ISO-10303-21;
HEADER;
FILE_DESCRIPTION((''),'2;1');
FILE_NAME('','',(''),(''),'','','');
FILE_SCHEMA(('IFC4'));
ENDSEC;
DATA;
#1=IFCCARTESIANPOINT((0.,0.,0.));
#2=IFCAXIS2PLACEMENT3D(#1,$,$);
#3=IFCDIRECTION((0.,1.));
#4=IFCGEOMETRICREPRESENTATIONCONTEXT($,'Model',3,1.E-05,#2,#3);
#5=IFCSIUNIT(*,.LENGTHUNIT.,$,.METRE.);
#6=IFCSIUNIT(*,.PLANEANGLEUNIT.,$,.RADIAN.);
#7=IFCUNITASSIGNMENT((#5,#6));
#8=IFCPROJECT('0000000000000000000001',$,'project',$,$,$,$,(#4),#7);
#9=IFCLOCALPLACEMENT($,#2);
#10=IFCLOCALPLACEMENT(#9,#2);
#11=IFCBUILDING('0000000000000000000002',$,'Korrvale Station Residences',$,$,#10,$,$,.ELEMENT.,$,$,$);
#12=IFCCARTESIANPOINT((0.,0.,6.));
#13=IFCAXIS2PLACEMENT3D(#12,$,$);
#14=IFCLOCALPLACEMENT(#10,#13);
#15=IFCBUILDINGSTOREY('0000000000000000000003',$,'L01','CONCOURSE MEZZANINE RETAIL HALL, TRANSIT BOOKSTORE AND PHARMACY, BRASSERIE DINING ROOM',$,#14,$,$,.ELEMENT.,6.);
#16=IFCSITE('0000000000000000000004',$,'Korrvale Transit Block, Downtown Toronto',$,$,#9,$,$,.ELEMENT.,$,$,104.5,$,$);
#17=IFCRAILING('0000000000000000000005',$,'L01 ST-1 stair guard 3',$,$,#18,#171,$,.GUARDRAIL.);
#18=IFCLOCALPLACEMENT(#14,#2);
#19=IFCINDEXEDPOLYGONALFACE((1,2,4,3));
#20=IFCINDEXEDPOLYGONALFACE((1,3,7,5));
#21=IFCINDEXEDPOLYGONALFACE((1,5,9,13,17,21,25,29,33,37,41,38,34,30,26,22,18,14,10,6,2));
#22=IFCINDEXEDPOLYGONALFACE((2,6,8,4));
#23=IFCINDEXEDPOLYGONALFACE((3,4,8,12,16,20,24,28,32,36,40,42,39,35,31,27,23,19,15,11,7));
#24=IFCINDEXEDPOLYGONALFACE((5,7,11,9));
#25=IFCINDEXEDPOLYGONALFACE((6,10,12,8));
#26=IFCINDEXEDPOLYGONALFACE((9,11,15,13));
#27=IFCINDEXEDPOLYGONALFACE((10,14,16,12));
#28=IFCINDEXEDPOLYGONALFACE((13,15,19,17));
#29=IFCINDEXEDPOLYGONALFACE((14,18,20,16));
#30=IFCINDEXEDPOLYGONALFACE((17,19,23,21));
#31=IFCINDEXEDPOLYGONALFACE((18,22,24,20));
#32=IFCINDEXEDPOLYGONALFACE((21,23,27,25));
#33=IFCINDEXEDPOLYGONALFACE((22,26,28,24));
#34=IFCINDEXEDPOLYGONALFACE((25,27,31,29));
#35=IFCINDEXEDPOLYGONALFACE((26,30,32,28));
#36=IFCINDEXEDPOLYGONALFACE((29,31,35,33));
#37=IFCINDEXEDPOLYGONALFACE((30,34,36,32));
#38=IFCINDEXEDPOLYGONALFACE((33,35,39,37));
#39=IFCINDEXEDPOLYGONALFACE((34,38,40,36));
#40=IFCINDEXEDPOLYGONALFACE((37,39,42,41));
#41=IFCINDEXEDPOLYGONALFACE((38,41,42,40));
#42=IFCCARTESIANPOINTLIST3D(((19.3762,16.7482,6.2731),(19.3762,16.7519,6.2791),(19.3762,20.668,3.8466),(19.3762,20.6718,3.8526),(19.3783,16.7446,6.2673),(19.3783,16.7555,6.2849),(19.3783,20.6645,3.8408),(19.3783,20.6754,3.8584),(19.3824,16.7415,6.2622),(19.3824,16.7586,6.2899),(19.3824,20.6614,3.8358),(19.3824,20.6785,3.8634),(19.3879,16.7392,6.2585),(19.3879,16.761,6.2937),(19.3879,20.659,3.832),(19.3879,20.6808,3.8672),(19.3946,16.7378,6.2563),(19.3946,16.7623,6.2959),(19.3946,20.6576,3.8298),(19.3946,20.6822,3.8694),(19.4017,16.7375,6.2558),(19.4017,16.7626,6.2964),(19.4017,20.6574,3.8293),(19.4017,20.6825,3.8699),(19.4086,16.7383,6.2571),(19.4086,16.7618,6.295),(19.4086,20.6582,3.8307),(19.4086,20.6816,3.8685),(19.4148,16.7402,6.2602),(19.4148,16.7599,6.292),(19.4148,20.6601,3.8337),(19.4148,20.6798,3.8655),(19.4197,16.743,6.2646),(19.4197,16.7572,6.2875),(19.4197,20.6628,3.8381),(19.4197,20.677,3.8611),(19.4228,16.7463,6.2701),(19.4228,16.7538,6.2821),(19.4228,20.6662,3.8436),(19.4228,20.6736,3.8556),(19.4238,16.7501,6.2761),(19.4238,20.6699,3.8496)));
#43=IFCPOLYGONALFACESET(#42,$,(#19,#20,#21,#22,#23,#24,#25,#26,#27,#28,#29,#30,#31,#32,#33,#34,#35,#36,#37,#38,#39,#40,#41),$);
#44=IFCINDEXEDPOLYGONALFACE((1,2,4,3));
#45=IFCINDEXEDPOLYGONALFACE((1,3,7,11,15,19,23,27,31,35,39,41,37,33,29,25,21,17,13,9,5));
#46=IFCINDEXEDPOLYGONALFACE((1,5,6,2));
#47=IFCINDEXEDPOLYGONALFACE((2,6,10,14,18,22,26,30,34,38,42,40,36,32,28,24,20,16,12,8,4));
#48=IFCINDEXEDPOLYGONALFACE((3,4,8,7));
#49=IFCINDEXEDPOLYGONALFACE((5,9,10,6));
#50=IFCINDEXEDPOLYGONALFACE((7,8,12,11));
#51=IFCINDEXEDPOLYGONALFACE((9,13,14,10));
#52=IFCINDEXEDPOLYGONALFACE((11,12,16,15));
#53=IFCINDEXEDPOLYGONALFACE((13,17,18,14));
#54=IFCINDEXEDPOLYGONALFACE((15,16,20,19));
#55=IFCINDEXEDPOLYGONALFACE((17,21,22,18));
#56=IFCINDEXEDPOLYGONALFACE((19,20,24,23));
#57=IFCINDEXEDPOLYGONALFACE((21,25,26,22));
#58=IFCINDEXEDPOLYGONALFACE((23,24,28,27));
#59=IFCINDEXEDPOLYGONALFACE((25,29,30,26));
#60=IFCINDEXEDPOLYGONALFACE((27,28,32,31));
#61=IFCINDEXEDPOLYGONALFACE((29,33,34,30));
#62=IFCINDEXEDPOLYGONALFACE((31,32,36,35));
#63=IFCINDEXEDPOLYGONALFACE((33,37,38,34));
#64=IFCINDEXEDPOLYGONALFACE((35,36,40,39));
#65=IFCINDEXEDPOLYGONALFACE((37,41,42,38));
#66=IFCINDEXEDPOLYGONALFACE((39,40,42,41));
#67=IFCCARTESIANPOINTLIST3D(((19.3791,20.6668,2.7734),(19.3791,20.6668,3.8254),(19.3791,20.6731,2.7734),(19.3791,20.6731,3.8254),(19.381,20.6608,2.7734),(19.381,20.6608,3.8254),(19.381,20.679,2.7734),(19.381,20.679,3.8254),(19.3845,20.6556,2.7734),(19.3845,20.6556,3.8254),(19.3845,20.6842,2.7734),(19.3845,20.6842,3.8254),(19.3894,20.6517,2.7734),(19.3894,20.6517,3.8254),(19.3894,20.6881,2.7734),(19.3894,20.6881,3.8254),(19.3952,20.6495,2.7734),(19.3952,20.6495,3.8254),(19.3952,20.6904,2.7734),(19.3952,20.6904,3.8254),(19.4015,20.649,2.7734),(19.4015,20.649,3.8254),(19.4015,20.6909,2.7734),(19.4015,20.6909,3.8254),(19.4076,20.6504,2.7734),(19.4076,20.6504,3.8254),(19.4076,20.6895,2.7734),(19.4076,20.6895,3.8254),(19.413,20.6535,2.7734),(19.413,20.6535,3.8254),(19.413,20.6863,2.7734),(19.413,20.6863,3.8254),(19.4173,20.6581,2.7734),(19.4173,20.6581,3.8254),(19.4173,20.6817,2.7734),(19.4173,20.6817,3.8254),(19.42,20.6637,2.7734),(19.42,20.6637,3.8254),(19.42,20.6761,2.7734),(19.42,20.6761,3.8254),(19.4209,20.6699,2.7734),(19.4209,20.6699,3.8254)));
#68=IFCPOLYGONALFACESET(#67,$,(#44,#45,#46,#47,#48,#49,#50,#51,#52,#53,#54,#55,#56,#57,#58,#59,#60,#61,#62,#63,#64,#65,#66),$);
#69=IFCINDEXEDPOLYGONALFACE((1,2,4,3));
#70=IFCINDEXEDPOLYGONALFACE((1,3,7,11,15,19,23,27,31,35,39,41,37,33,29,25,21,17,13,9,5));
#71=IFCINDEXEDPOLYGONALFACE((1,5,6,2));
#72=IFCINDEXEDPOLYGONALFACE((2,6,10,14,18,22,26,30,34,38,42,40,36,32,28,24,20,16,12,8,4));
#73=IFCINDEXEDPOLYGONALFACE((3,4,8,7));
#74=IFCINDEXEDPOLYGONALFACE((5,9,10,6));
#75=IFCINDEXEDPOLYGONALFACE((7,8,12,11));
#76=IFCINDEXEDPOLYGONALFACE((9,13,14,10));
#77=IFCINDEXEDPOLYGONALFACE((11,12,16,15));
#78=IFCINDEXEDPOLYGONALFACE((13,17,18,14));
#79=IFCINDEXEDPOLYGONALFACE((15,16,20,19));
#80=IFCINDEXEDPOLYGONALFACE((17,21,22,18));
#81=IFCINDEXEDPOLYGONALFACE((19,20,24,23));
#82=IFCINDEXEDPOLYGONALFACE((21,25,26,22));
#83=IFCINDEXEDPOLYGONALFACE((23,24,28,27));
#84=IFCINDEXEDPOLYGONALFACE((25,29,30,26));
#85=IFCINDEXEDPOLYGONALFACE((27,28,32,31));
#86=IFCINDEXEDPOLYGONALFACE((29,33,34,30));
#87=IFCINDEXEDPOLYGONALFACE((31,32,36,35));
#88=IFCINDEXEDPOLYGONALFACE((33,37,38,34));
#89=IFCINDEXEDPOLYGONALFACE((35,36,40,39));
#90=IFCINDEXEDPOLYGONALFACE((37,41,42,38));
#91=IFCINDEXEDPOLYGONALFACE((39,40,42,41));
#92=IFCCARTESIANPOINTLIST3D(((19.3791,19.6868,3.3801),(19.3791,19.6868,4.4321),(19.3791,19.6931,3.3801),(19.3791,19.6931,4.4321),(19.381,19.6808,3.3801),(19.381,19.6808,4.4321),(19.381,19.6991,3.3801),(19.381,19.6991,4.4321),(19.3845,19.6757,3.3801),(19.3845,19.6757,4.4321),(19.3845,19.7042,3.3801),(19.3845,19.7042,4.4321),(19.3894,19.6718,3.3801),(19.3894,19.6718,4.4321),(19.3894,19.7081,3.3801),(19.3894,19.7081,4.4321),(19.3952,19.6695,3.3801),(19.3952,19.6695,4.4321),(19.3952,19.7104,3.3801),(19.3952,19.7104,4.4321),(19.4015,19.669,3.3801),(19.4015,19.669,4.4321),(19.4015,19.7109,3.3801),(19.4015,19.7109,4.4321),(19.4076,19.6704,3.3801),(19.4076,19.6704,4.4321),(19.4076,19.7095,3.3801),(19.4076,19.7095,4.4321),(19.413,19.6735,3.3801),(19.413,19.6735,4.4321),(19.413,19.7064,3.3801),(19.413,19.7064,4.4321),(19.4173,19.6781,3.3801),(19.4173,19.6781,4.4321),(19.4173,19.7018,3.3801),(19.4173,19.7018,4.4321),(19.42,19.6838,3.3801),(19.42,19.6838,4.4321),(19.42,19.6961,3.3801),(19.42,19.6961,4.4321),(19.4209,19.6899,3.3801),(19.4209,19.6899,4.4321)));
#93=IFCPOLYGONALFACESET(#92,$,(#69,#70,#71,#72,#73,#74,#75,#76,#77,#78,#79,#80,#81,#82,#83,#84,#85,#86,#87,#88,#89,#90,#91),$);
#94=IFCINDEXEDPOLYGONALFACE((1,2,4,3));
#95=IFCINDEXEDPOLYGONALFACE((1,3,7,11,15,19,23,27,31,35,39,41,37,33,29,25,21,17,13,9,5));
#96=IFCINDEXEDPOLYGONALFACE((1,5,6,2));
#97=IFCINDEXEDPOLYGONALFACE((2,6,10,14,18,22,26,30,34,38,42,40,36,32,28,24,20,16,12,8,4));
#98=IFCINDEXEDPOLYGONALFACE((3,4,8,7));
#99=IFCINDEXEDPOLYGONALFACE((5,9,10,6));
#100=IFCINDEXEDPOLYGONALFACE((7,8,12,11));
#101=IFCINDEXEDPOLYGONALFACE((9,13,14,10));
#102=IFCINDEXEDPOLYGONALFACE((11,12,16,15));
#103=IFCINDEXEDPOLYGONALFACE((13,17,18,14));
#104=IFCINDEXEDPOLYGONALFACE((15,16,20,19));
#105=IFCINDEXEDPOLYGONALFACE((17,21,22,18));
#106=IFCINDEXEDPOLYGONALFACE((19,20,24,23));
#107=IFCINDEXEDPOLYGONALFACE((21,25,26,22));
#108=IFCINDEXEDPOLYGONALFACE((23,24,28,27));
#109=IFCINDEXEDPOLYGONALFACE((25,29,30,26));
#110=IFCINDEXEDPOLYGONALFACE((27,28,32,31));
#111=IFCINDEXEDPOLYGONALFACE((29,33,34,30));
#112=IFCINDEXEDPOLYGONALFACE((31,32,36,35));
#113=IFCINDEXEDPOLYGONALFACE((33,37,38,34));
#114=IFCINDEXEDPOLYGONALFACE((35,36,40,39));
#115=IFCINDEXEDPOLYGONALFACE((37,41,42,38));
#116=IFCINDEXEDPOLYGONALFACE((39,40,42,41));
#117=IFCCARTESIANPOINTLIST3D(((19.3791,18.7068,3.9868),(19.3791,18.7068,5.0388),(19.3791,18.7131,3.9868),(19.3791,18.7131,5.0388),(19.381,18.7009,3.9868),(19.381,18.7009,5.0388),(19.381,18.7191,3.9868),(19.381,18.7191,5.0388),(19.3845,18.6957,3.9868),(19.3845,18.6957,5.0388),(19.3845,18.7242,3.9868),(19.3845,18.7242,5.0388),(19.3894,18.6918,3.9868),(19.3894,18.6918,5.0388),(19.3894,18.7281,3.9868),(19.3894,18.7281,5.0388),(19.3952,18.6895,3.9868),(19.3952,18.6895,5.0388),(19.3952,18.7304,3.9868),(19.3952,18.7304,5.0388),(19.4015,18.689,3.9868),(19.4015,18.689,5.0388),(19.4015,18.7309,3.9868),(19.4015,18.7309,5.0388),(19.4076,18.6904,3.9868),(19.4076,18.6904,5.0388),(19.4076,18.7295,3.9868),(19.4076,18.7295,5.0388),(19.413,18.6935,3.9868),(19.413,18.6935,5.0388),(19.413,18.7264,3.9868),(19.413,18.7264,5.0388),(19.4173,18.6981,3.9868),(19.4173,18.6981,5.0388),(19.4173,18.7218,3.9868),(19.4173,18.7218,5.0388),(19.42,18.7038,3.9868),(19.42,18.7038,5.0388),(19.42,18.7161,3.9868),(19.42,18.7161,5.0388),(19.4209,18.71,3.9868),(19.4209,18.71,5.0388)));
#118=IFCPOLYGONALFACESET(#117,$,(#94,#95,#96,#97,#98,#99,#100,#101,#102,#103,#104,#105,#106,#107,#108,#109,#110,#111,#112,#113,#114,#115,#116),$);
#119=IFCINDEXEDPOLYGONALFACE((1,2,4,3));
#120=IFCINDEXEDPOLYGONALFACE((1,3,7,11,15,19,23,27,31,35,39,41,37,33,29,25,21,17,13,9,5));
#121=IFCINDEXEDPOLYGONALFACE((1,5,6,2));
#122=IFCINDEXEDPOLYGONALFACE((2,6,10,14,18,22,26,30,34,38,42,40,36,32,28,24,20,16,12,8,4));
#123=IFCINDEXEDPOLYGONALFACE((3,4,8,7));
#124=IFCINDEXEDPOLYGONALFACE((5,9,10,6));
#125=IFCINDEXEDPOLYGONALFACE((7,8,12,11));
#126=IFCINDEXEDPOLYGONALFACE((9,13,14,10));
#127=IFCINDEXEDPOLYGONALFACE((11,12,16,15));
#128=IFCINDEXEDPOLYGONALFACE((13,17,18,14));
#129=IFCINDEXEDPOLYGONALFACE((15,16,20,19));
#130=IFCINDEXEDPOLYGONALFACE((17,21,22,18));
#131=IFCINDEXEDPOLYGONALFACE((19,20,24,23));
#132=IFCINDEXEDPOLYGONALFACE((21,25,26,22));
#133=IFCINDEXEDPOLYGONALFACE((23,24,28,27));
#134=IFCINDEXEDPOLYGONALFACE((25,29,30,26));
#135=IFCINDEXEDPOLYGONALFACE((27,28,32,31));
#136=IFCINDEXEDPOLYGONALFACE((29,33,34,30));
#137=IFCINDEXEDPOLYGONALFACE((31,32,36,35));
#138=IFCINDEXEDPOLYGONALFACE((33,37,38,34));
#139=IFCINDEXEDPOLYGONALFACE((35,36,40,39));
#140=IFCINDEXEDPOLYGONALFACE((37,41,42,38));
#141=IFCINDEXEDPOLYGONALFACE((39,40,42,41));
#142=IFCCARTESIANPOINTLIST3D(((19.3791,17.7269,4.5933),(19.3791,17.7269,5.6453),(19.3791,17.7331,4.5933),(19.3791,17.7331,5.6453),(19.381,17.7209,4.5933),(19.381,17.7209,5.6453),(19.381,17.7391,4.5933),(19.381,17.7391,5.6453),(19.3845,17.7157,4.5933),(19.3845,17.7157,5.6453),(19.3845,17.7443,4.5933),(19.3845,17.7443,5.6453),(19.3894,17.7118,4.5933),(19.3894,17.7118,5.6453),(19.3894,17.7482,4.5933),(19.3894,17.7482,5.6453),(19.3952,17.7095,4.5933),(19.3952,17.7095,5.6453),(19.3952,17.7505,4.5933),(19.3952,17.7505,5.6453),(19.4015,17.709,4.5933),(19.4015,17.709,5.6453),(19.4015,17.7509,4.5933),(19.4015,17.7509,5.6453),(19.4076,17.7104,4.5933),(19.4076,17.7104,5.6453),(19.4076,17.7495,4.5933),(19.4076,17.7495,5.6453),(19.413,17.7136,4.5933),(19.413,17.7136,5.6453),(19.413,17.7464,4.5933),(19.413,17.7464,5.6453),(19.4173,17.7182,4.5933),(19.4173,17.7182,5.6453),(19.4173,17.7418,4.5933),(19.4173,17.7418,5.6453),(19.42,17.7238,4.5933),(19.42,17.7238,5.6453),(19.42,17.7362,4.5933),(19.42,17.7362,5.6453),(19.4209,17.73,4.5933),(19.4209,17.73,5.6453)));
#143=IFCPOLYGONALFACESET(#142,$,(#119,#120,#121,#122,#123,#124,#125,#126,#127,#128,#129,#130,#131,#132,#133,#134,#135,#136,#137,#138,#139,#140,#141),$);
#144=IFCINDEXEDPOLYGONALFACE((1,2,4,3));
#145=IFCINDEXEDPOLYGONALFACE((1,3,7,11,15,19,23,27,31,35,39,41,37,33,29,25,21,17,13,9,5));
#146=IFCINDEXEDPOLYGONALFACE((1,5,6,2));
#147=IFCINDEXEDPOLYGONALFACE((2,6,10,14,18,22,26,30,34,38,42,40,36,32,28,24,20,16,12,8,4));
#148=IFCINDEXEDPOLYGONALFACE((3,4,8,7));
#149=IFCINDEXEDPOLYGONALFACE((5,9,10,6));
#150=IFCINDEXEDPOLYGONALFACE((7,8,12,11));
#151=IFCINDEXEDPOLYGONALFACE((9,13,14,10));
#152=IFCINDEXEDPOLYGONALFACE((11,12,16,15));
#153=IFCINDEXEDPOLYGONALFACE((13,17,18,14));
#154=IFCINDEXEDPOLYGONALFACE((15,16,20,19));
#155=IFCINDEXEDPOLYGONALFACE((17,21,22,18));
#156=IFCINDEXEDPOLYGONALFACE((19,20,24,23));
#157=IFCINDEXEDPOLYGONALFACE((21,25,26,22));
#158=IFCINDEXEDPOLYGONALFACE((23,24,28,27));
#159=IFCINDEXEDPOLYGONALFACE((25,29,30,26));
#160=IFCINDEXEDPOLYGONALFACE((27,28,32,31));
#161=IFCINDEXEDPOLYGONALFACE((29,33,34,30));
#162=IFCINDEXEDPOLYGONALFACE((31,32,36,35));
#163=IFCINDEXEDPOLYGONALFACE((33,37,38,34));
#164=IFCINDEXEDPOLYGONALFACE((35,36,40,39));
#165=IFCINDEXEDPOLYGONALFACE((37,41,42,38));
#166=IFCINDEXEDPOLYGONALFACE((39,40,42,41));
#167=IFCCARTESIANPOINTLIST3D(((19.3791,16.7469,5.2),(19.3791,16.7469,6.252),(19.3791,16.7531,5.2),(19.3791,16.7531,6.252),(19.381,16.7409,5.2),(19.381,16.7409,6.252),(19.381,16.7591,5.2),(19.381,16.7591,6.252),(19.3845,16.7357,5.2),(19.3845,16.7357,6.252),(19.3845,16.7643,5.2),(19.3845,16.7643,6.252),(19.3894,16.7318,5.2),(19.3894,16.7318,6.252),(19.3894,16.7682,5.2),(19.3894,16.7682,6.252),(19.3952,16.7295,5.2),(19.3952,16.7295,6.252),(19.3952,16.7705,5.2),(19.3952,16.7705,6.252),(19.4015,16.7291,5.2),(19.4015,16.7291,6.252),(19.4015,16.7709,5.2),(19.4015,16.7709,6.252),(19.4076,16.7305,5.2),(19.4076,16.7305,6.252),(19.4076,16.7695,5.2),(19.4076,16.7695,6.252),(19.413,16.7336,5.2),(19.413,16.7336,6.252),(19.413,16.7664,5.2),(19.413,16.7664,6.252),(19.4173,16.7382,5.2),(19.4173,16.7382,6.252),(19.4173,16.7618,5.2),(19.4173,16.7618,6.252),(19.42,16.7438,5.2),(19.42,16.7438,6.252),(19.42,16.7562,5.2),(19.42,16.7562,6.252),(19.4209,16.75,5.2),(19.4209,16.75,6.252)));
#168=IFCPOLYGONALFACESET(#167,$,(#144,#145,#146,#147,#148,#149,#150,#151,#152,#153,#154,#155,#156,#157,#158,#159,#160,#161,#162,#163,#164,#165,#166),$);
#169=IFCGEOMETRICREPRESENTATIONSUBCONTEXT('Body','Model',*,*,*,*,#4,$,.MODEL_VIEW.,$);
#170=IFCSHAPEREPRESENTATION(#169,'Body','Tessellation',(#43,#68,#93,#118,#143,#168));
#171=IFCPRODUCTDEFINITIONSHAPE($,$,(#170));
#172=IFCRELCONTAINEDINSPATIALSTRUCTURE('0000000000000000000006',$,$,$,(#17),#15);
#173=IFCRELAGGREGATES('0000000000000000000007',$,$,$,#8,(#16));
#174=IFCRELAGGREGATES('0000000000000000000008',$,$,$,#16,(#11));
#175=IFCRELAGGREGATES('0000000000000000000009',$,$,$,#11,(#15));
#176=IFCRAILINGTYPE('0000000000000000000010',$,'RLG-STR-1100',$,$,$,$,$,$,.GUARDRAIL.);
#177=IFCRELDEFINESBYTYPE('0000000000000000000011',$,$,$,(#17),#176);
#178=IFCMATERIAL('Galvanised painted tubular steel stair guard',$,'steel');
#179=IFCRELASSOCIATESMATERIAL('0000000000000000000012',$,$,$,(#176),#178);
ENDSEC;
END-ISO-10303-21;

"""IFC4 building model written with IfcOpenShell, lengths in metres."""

from ifc_helpers import new_model, si_unit, direction, frame, origin, origin_2d, place, context, subcontext, project, spatial, circle, extrude, material, type_object, element, save


model = new_model("IFC4")

# Units and contexts
model_context = context("Model", 3, precision=1e-05, world=origin(), true_north=direction((0.0, 1.0)))
body_context = subcontext(model_context, "Body", "Model", "MODEL_VIEW")
ifc_project = project(units=[si_unit("LENGTHUNIT", "METRE"), si_unit("PLANEANGLEUNIT", "RADIAN")], contexts=[model_context])

# Site, building, storey
site_placement = place(None, origin())
site = spatial("IfcSite", under=ifc_project, at=site_placement, Name="Korrvale Transit Block, Downtown Toronto", CompositionType="ELEMENT", RefElevation=104.5)
building_placement = place(site_placement, origin())
building = spatial("IfcBuilding", under=site, at=building_placement, Name="Korrvale Station Residences", CompositionType="ELEMENT")
storey_placement = place(building_placement, frame((0.0, 0.0, 6.0)))
storey = spatial("IfcBuildingStorey", under=building, at=storey_placement, Name="L01", Description="CONCOURSE MEZZANINE RETAIL HALL, TRANSIT BOOKSTORE AND PHARMACY, BRASSERIE DINING ROOM", CompositionType="ELEMENT", Elevation=6.0)

# Railing
ifc_material_1 = material(Name="Galvanised painted tubular steel stair guard", Category="steel")
railing_type_1 = type_object("IfcRailingType", Name="RLG-STR-1100", PredefinedType="GUARDRAIL", material=ifc_material_1)
railing_1_placement = place(storey_placement, frame((19.3999, 20.6699, 2.7734)))
element("IfcRailing", 1, at=railing_1_placement, inside=storey, type_object=railing_type_1, Name="L01 ST-1 stair guard 3", PredefinedType="GUARDRAIL", context=body_context, shape_type="SweptSolid", body=[
    extrude(circle(Radius=0.0239, at=origin_2d()), frame((0.0, 0.0, 1.0762), z_axis=(0.0, -0.850275, 0.526338), x_axis=(1.0, 0.0, 0.0)), (0.0, 0.0, 1.0), 4.6101),
    extrude(circle(Radius=0.021, at=origin_2d()), origin(), (0.0, 0.0, 1.0), 1.052),
    extrude(circle(Radius=0.021, at=origin_2d()), frame((0.0, -0.98, 0.6067)), (0.0, 0.0, 1.0), 1.052),
    extrude(circle(Radius=0.021, at=origin_2d()), frame((0.0, -1.96, 1.2134)), (0.0, 0.0, 1.0), 1.052),
    extrude(circle(Radius=0.021, at=origin_2d()), frame((0.0, -2.9399, 1.8198)), (0.0, 0.0, 1.0), 1.052),
    extrude(circle(Radius=0.021, at=origin_2d()), frame((0.0, -3.9199, 2.4265)), (0.0, 0.0, 1.0), 1.052),
])

save(model, "model.ifc")
